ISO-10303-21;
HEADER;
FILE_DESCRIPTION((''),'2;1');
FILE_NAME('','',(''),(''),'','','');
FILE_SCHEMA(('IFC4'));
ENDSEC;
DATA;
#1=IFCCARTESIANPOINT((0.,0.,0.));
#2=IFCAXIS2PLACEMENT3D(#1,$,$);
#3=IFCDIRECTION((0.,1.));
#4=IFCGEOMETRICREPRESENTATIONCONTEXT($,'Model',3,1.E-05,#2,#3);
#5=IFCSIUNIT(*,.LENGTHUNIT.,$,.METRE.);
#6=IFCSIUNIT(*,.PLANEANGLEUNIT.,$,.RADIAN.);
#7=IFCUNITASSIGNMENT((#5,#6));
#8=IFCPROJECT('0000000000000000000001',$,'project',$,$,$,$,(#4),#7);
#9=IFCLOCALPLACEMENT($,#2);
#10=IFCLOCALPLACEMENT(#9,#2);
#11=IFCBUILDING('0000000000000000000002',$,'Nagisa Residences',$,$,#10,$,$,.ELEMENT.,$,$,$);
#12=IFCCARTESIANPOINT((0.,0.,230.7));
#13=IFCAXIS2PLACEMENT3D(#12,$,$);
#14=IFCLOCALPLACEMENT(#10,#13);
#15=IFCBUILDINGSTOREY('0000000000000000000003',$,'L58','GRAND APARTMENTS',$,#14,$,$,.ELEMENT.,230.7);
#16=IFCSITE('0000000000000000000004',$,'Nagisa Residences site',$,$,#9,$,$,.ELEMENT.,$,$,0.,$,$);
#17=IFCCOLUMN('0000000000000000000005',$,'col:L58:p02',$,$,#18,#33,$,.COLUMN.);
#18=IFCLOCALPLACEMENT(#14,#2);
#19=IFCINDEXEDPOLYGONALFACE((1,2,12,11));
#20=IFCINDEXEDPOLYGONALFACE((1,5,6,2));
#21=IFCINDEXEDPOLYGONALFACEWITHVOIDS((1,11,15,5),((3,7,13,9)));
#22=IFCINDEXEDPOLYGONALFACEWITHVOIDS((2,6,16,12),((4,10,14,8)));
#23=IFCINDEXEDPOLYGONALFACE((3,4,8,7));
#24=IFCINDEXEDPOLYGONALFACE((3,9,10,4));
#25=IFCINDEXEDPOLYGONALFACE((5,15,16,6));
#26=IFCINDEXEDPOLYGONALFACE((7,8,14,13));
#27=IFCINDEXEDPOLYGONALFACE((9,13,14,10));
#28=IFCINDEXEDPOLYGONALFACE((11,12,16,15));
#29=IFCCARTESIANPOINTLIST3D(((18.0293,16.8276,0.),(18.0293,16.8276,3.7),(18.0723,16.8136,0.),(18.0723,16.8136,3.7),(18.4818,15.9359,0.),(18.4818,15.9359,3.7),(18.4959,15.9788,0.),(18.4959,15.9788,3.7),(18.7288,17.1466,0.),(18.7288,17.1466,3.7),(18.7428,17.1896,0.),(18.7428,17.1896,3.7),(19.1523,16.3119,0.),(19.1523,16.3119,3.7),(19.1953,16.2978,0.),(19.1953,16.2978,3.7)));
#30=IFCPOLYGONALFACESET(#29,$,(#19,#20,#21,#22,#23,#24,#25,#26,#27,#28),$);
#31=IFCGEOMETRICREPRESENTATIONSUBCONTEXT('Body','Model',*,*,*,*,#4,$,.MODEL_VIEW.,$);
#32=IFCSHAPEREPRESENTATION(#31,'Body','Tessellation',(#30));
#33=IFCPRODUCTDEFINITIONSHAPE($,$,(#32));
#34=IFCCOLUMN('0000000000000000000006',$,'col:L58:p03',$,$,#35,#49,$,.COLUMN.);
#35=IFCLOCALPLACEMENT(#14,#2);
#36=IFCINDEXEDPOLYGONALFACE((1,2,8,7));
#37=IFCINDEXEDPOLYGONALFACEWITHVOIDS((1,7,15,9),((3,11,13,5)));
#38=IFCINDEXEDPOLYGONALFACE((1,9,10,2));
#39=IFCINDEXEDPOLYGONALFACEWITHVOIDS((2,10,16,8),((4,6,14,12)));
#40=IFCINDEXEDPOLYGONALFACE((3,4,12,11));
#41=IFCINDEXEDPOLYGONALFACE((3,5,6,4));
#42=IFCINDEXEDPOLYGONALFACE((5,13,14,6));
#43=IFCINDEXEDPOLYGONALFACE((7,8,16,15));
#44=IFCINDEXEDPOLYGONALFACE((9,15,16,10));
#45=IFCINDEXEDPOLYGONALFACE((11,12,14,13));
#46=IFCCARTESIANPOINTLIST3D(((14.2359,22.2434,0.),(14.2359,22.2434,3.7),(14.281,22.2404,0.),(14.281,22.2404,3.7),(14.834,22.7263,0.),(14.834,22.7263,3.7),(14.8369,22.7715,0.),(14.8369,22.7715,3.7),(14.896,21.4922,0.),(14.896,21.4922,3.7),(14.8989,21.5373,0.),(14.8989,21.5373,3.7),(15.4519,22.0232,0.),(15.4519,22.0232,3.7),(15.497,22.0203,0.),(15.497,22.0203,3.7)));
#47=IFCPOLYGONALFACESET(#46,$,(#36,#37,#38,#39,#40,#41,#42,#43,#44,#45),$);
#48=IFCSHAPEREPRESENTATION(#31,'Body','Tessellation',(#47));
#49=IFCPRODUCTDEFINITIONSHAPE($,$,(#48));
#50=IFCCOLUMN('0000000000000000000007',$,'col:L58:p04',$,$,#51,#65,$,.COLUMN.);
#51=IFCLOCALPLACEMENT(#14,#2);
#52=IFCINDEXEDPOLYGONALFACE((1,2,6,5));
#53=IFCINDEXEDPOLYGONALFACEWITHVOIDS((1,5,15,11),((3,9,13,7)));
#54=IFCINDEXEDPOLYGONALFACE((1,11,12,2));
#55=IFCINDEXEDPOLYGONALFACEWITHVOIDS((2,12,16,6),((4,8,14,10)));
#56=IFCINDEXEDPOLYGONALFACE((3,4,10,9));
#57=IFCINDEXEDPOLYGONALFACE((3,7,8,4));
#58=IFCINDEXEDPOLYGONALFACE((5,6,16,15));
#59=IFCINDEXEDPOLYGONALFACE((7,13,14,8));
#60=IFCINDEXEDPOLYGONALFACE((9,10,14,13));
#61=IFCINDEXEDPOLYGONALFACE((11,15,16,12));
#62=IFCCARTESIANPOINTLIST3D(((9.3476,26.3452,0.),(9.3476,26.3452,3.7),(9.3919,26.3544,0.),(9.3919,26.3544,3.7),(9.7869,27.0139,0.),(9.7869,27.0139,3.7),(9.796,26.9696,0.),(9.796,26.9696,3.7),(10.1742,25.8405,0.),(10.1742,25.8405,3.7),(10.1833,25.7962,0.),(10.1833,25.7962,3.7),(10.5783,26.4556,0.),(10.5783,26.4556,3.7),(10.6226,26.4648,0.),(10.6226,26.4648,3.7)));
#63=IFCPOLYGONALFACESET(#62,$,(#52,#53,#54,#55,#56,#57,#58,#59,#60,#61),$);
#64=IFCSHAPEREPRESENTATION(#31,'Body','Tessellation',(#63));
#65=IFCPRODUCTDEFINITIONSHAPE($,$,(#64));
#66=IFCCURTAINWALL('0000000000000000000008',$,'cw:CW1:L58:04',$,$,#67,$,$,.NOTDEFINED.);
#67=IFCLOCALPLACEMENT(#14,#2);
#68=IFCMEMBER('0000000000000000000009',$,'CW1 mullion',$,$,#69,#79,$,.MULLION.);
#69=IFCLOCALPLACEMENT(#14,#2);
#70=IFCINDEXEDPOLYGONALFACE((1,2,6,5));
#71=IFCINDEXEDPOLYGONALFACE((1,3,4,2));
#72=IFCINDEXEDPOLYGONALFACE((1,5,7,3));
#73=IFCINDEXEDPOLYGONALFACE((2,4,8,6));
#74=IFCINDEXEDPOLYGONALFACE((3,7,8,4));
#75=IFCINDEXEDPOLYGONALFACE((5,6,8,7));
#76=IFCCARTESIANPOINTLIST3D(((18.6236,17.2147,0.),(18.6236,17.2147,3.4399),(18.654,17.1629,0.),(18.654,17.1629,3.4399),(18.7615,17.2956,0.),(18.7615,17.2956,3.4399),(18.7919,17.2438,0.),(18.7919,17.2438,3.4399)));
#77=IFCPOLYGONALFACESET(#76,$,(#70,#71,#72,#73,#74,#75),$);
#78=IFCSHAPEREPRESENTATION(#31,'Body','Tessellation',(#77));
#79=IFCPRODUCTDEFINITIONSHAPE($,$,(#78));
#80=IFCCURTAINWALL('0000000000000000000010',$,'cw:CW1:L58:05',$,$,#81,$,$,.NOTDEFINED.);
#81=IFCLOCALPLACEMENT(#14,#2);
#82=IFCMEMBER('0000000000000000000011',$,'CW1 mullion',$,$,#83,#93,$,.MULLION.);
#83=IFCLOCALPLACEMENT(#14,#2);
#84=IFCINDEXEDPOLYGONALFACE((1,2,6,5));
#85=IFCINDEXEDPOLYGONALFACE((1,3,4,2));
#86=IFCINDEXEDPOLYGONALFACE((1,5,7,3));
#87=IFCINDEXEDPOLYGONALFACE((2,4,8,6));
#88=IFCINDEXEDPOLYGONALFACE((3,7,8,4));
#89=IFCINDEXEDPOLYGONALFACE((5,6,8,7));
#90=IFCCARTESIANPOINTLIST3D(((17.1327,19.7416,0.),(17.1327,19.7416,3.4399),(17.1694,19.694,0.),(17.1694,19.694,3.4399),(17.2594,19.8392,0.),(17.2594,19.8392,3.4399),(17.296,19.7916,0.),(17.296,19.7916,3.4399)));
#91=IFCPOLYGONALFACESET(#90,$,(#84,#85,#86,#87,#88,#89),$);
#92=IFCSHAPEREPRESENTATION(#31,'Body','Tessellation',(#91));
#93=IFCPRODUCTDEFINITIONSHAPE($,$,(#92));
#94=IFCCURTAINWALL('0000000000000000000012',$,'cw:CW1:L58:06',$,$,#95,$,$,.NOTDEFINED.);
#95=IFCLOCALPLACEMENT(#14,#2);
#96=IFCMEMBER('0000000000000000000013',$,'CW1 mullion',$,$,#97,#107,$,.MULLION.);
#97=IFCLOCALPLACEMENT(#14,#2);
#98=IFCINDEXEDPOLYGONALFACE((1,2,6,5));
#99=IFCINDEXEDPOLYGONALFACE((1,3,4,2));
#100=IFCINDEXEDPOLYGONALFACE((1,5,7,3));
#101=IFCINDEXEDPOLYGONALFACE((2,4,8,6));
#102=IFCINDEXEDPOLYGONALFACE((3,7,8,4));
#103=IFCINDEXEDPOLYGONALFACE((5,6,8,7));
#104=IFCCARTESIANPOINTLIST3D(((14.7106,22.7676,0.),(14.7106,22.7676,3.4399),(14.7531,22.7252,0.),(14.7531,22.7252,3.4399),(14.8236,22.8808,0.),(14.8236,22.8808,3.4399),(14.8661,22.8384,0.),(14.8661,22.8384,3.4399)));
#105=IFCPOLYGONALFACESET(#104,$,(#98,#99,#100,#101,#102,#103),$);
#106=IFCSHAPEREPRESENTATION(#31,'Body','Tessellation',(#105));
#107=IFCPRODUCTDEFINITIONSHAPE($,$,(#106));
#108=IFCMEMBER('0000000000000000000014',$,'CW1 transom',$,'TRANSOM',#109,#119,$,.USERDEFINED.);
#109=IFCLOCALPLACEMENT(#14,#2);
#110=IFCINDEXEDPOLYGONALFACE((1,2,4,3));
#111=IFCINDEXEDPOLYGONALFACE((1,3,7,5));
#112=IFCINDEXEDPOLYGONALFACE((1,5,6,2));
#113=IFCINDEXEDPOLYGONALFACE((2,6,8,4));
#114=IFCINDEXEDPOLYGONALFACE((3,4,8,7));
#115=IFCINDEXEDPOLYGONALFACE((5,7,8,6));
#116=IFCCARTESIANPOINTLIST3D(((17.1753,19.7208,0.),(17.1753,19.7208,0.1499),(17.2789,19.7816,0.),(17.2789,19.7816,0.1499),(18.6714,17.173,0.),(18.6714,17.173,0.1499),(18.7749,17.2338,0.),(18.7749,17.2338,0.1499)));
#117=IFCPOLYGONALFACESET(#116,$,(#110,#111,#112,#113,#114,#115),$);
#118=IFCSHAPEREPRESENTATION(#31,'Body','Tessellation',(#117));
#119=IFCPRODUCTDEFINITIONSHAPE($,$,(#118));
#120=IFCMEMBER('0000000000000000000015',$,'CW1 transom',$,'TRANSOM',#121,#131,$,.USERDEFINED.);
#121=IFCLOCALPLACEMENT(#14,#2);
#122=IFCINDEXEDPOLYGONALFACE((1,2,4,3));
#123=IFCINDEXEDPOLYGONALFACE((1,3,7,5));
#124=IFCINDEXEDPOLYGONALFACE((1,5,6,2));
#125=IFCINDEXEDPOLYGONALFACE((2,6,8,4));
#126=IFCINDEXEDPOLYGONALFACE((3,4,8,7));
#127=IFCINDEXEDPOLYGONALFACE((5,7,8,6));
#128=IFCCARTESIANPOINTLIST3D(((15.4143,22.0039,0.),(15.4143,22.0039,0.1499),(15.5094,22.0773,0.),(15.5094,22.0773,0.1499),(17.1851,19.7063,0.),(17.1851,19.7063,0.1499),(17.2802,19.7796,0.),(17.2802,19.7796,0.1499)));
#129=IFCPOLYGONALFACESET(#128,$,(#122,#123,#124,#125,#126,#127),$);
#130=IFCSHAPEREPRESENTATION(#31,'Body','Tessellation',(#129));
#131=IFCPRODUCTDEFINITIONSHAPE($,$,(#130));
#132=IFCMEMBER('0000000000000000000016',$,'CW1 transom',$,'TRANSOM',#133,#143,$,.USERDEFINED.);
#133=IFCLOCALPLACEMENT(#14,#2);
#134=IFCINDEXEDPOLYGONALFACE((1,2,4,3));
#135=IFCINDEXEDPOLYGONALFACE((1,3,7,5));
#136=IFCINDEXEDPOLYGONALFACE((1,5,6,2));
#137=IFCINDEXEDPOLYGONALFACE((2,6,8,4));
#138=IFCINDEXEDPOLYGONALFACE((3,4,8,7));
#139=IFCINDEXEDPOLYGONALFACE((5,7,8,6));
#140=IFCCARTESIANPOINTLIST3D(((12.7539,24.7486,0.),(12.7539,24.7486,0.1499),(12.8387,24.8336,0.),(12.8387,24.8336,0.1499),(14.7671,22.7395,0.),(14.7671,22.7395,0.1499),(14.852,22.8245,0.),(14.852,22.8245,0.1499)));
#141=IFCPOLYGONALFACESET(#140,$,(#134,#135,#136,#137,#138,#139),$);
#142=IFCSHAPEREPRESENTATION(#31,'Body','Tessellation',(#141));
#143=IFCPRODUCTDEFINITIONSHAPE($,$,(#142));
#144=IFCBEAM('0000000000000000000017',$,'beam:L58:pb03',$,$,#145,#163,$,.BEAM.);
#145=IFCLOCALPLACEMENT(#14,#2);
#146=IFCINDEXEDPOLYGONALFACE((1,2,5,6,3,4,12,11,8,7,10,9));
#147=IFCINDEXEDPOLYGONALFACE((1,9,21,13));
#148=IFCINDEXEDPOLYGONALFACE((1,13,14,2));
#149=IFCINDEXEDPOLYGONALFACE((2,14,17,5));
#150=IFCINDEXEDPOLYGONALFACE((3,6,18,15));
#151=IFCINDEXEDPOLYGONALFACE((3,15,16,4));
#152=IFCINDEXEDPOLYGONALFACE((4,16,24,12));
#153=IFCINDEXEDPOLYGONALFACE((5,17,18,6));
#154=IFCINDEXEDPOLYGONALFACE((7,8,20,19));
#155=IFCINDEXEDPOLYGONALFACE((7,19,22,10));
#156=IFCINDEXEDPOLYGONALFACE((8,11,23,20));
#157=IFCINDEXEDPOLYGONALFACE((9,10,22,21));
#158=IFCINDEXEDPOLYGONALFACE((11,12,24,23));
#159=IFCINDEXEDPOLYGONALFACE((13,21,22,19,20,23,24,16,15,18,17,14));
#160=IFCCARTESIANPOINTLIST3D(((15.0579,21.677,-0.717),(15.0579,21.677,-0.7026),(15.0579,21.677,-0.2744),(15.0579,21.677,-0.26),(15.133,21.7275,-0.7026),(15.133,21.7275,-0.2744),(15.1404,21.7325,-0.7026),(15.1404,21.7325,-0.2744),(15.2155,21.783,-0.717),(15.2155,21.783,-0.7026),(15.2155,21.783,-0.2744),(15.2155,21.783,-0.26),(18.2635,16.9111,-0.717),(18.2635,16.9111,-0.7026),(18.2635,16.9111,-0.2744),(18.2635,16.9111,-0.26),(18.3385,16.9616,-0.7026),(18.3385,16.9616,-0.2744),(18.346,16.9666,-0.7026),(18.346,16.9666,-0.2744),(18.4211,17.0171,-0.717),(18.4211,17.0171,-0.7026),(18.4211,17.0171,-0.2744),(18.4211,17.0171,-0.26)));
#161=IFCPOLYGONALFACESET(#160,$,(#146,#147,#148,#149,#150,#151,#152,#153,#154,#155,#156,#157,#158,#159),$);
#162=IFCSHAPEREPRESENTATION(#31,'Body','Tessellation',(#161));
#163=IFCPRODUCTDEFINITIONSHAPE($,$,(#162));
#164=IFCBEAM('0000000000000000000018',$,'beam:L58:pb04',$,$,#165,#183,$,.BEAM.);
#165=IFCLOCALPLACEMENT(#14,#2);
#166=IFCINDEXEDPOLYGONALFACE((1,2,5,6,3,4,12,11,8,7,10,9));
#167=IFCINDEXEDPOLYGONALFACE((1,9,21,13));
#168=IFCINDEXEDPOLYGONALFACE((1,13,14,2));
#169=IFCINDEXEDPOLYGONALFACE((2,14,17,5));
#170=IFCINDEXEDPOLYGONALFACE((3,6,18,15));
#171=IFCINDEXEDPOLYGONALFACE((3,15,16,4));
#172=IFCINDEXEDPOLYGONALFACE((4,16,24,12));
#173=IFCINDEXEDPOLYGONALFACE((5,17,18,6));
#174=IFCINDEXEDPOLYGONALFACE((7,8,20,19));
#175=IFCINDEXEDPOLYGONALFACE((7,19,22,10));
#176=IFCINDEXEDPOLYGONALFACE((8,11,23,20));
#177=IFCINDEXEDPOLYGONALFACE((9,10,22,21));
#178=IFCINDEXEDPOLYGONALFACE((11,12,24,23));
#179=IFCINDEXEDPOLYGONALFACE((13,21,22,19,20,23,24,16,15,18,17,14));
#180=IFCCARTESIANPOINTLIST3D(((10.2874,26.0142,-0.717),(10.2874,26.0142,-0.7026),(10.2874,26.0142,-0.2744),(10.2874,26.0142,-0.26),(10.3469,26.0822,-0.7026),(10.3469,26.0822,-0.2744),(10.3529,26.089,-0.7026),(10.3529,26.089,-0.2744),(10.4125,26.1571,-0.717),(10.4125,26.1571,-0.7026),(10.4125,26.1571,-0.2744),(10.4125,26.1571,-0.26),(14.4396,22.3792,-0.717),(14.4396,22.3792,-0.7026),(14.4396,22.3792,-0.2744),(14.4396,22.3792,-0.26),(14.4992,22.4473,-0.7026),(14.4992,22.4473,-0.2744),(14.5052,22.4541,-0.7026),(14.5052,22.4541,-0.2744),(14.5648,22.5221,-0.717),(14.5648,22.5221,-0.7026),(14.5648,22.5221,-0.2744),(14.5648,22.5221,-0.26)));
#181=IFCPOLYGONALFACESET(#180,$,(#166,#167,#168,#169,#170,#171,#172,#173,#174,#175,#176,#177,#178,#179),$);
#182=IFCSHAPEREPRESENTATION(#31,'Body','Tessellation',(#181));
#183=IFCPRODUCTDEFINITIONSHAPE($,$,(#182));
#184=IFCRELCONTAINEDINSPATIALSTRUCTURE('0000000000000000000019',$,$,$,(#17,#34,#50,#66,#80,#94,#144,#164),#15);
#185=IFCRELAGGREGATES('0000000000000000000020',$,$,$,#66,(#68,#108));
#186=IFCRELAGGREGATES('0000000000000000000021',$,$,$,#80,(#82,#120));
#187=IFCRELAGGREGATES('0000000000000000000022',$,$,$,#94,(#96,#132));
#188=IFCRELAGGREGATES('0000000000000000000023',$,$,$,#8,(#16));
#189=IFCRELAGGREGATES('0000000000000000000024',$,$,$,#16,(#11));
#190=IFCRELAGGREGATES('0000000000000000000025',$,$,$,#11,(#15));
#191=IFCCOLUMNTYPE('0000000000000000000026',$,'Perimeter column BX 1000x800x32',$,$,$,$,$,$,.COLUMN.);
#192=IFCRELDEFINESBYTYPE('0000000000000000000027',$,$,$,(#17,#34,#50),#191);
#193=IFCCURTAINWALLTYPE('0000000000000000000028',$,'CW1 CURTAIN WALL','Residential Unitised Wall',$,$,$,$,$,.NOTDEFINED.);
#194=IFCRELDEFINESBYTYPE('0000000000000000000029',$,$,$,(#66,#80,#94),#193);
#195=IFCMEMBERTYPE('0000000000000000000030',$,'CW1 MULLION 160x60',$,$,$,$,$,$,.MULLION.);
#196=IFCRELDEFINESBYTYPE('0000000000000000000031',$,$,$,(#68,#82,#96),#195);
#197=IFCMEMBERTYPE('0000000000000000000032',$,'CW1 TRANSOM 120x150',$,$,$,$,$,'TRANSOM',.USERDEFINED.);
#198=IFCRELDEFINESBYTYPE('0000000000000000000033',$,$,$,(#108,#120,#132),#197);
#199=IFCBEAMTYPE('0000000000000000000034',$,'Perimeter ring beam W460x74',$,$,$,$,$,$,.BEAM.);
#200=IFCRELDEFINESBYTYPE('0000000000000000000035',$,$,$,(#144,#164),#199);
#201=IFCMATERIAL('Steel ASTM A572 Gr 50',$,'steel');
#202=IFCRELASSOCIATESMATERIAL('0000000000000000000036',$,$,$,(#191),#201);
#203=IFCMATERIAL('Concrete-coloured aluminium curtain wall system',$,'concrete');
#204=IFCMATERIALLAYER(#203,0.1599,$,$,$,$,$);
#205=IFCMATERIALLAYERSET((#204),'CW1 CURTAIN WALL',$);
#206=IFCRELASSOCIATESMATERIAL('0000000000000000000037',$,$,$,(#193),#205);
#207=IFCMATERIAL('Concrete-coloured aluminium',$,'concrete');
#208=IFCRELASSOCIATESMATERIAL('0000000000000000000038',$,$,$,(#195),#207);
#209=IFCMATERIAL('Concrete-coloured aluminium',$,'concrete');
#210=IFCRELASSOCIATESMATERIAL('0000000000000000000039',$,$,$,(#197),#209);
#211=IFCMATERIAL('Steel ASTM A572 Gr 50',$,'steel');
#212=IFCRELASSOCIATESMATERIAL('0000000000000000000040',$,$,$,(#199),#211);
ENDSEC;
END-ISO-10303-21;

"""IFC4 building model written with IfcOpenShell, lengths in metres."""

from ifc_helpers import new_model, si_unit, direction, frame, origin, origin_2d, place, context, subcontext, project, spatial, rectangle, hollow_rectangle, i_section, extrude, material, layer, layer_set, material_profile, profile_set, type_object, element, aggregate, save


model = new_model("IFC4")

# Units and contexts
model_context = context("Model", 3, precision=1e-05, world=origin(), true_north=direction((0.0, 1.0)))
body_context = subcontext(model_context, "Body", "Model", "MODEL_VIEW")
ifc_project = project(units=[si_unit("LENGTHUNIT", "METRE"), si_unit("PLANEANGLEUNIT", "RADIAN")], contexts=[model_context])

# Site, building, storey
site_placement = place(None, origin())
site = spatial("IfcSite", under=ifc_project, at=site_placement, Name="Nagisa Residences site", CompositionType="ELEMENT", RefElevation=0.0)
building_placement = place(site_placement, origin())
building = spatial("IfcBuilding", under=site, at=building_placement, Name="Nagisa Residences", CompositionType="ELEMENT")
storey_placement = place(building_placement, frame((0.0, 0.0, 230.7)))
storey = spatial("IfcBuildingStorey", under=building, at=storey_placement, Name="L58", Description="GRAND APARTMENTS", CompositionType="ELEMENT", Elevation=230.7)

# Columns
ifc_material_1 = material(Name="Steel ASTM A572 Gr 50", Category="steel")
ifc_material_profile_1 = material_profile(ifc_material_1, hollow_rectangle(XDim=1.0, YDim=0.8, WallThickness=0.032, at=origin_2d()), Name="BX 1000x800x32")
ifc_profile_set_1 = profile_set([ifc_material_profile_1], Name="Steel ASTM A572 Gr 50")
column_type = type_object("IfcColumnType", Name="Perimeter column BX 1000x800x32", PredefinedType="COLUMN", material=ifc_profile_set_1)
for number, where, z_axis, x_axis, name in (
    (1, (18.6123, 16.5627, 0.0), (0.0, 0.0, 1.0), (-0.452463, 0.891783, 0.0), "col:L58:p02"),
    (2, (14.8665, 22.1318, 0.0), (0.0, 0.0, 1.0), (-0.660115, 0.751165, 0.0), "col:L58:p03"),
    (3, (9.9851, 26.405, 0.0), (0.0, 0.0, 1.0), (-0.835766, 0.549086, 0.0), "col:L58:p04"),
):
    element("IfcColumn", number, at=place(storey_placement, frame(where, z_axis=z_axis, x_axis=x_axis)), inside=storey, type_object=column_type, Name=name, PredefinedType="COLUMN", context=body_context, shape_type="SweptSolid", body=[
        extrude(hollow_rectangle(XDim=1.0, YDim=0.8, WallThickness=0.032, at=origin_2d()), origin(), (0.0, 0.0, 1.0), 3.7),
    ])

# Curtain walls, members
ifc_material_2 = material(Name="Concrete-coloured aluminium curtain wall system", Category="concrete")
ifc_layer_1 = layer(ifc_material_2, 0.1599)
ifc_layer_set_1 = layer_set([ifc_layer_1], Name="CW1 CURTAIN WALL")
curtain_wall_type = type_object("IfcCurtainWallType", Name="CW1 CURTAIN WALL", Description="Residential Unitised Wall", PredefinedType="NOTDEFINED", material=ifc_layer_set_1)
curtain_wall_1_placement = place(storey_placement, origin())
curtain_wall_1 = element("IfcCurtainWall", 4, at=curtain_wall_1_placement, inside=storey, type_object=curtain_wall_type, Name="cw:CW1:L58:04", PredefinedType="NOTDEFINED")
ifc_material_3 = material(Name="Concrete-coloured aluminium", Category="concrete")
ifc_material_profile_2 = material_profile(ifc_material_3, rectangle(XDim=0.1599, YDim=0.0601, at=origin_2d()), Name="CW1 MULLION 160x60")
ifc_profile_set_2 = profile_set([ifc_material_profile_2], Name="Concrete-coloured aluminium")
member_type_1 = type_object("IfcMemberType", Name="CW1 MULLION 160x60", PredefinedType="MULLION", material=ifc_profile_set_2)
member_1_placement = place(storey_placement, frame((18.7078, 17.2292, 0.0), z_axis=(0.0, 0.0, 1.0), x_axis=(-0.862329, -0.506349, 0.0)))
member_1 = element("IfcMember", 5, at=member_1_placement, type_object=member_type_1, Name="CW1 mullion", PredefinedType="MULLION", context=body_context, shape_type="SweptSolid", body=[
    extrude(rectangle(XDim=0.1599, YDim=0.0601, at=origin_2d()), origin(), (0.0, 0.0, 1.0), 3.4399),
])
curtain_wall_2_placement = place(storey_placement, origin())
curtain_wall_2 = element("IfcCurtainWall", 6, at=curtain_wall_2_placement, inside=storey, type_object=curtain_wall_type, Name="cw:CW1:L58:05", PredefinedType="NOTDEFINED")
member_2_placement = place(storey_placement, frame((17.2144, 19.7666, 0.0), z_axis=(0.0, 0.0, 1.0), x_axis=(-0.79207, -0.61043, 0.0)))
member_2 = element("IfcMember", 7, at=member_2_placement, type_object=member_type_1, Name="CW1 mullion", PredefinedType="MULLION", context=body_context, shape_type="SweptSolid", body=[
    extrude(rectangle(XDim=0.1599, YDim=0.0601, at=origin_2d()), origin(), (0.0, 0.0, 1.0), 3.4399),
])
curtain_wall_3_placement = place(storey_placement, origin())
curtain_wall_3 = element("IfcCurtainWall", 8, at=curtain_wall_3_placement, inside=storey, type_object=curtain_wall_type, Name="cw:CW1:L58:06", PredefinedType="NOTDEFINED")
member_3_placement = place(storey_placement, frame((14.7883, 22.803, 0.0), z_axis=(0.0, 0.0, 1.0), x_axis=(-0.706377, -0.707836, 0.0)))
member_3 = element("IfcMember", 9, at=member_3_placement, type_object=member_type_1, Name="CW1 mullion", PredefinedType="MULLION", context=body_context, shape_type="SweptSolid", body=[
    extrude(rectangle(XDim=0.1599, YDim=0.0601, at=origin_2d()), origin(), (0.0, 0.0, 1.0), 3.4399),
])

# Members
ifc_material_4 = material(Name="Concrete-coloured aluminium", Category="concrete")
ifc_material_profile_3 = material_profile(ifc_material_4, rectangle(XDim=0.1201, YDim=0.1499, at=origin_2d()), Name="CW1 TRANSOM 120x150")
ifc_profile_set_3 = profile_set([ifc_material_profile_3], Name="Concrete-coloured aluminium")
member_type_2 = type_object("IfcMemberType", Name="CW1 TRANSOM 120x150", ElementType="TRANSOM", PredefinedType="USERDEFINED", material=ifc_profile_set_3)
member_4_placement = place(storey_placement, frame((18.7231, 17.2034, 0.075), z_axis=(-0.506356, 0.862325, 0.0), x_axis=(-0.862325, -0.506356, 0.0)))
member_4 = element("IfcMember", 10, at=member_4_placement, type_object=member_type_2, Name="CW1 transom", ObjectType="TRANSOM", PredefinedType="USERDEFINED", context=body_context, shape_type="SweptSolid", body=[
    extrude(rectangle(XDim=0.1201, YDim=0.1499, at=origin_2d()), origin(), (0.0, 0.0, 1.0), 2.9546),
])
member_5_placement = place(storey_placement, frame((17.2327, 19.7429, 0.075), z_axis=(-0.610439, 0.792064, 0.0), x_axis=(-0.792064, -0.610439, 0.0)))
member_5 = element("IfcMember", 11, at=member_5_placement, type_object=member_type_2, Name="CW1 transom", ObjectType="TRANSOM", PredefinedType="USERDEFINED", context=body_context, shape_type="SweptSolid", body=[
    extrude(rectangle(XDim=0.1201, YDim=0.1499, at=origin_2d()), origin(), (0.0, 0.0, 1.0), 2.9009),
])
member_6_placement = place(storey_placement, frame((14.8096, 22.782, 0.075), z_axis=(-0.707836, 0.706377, 0.0), x_axis=(-0.706377, -0.707836, 0.0)))
member_6 = element("IfcMember", 12, at=member_6_placement, type_object=member_type_2, Name="CW1 transom", ObjectType="TRANSOM", PredefinedType="USERDEFINED", context=body_context, shape_type="SweptSolid", body=[
    extrude(rectangle(XDim=0.1201, YDim=0.1499, at=origin_2d()), origin(), (0.0, 0.0, 1.0), 2.8442),
])

# Beams
ifc_material_5 = material(Name="Steel ASTM A572 Gr 50", Category="steel")
ifc_material_profile_4 = material_profile(ifc_material_5, i_section(OverallWidth=0.1899, OverallDepth=0.457, WebThickness=0.009, FlangeThickness=0.0144, at=origin_2d()), Name="W460x74")
ifc_profile_set_4 = profile_set([ifc_material_profile_4], Name="Steel ASTM A572 Gr 50")
beam_type_1 = type_object("IfcBeamType", Name="Perimeter ring beam W460x74", PredefinedType="BEAM", material=ifc_profile_set_4)
beam_1_placement = place(storey_placement, frame((18.3423, 16.9641, -0.4885), z_axis=(-0.558109, 0.829768, 0.0), x_axis=(-0.829768, -0.558109, 0.0)))
element("IfcBeam", 13, at=beam_1_placement, inside=storey, type_object=beam_type_1, Name="beam:L58:pb03", PredefinedType="BEAM", context=body_context, shape_type="SweptSolid", body=[
    extrude(i_section(OverallWidth=0.1899, OverallDepth=0.457, WebThickness=0.009, FlangeThickness=0.0144, at=origin_2d()), origin(), (0.0, 0.0, 1.0), 5.7437),
])
beam_2_placement = place(storey_placement, frame((14.5022, 22.4507, -0.4885), z_axis=(-0.752423, 0.65868, 0.0), x_axis=(-0.65868, -0.752423, 0.0)))
element("IfcBeam", 14, at=beam_2_placement, inside=storey, type_object=beam_type_1, Name="beam:L58:pb04", PredefinedType="BEAM", context=body_context, shape_type="SweptSolid", body=[
    extrude(i_section(OverallWidth=0.1899, OverallDepth=0.457, WebThickness=0.009, FlangeThickness=0.0144, at=origin_2d()), origin(), (0.0, 0.0, 1.0), 5.5186),
])

aggregate(curtain_wall_1, [member_1, member_4])
aggregate(curtain_wall_2, [member_2, member_5])
aggregate(curtain_wall_3, [member_3, member_6])

save(model, "model.ifc")
